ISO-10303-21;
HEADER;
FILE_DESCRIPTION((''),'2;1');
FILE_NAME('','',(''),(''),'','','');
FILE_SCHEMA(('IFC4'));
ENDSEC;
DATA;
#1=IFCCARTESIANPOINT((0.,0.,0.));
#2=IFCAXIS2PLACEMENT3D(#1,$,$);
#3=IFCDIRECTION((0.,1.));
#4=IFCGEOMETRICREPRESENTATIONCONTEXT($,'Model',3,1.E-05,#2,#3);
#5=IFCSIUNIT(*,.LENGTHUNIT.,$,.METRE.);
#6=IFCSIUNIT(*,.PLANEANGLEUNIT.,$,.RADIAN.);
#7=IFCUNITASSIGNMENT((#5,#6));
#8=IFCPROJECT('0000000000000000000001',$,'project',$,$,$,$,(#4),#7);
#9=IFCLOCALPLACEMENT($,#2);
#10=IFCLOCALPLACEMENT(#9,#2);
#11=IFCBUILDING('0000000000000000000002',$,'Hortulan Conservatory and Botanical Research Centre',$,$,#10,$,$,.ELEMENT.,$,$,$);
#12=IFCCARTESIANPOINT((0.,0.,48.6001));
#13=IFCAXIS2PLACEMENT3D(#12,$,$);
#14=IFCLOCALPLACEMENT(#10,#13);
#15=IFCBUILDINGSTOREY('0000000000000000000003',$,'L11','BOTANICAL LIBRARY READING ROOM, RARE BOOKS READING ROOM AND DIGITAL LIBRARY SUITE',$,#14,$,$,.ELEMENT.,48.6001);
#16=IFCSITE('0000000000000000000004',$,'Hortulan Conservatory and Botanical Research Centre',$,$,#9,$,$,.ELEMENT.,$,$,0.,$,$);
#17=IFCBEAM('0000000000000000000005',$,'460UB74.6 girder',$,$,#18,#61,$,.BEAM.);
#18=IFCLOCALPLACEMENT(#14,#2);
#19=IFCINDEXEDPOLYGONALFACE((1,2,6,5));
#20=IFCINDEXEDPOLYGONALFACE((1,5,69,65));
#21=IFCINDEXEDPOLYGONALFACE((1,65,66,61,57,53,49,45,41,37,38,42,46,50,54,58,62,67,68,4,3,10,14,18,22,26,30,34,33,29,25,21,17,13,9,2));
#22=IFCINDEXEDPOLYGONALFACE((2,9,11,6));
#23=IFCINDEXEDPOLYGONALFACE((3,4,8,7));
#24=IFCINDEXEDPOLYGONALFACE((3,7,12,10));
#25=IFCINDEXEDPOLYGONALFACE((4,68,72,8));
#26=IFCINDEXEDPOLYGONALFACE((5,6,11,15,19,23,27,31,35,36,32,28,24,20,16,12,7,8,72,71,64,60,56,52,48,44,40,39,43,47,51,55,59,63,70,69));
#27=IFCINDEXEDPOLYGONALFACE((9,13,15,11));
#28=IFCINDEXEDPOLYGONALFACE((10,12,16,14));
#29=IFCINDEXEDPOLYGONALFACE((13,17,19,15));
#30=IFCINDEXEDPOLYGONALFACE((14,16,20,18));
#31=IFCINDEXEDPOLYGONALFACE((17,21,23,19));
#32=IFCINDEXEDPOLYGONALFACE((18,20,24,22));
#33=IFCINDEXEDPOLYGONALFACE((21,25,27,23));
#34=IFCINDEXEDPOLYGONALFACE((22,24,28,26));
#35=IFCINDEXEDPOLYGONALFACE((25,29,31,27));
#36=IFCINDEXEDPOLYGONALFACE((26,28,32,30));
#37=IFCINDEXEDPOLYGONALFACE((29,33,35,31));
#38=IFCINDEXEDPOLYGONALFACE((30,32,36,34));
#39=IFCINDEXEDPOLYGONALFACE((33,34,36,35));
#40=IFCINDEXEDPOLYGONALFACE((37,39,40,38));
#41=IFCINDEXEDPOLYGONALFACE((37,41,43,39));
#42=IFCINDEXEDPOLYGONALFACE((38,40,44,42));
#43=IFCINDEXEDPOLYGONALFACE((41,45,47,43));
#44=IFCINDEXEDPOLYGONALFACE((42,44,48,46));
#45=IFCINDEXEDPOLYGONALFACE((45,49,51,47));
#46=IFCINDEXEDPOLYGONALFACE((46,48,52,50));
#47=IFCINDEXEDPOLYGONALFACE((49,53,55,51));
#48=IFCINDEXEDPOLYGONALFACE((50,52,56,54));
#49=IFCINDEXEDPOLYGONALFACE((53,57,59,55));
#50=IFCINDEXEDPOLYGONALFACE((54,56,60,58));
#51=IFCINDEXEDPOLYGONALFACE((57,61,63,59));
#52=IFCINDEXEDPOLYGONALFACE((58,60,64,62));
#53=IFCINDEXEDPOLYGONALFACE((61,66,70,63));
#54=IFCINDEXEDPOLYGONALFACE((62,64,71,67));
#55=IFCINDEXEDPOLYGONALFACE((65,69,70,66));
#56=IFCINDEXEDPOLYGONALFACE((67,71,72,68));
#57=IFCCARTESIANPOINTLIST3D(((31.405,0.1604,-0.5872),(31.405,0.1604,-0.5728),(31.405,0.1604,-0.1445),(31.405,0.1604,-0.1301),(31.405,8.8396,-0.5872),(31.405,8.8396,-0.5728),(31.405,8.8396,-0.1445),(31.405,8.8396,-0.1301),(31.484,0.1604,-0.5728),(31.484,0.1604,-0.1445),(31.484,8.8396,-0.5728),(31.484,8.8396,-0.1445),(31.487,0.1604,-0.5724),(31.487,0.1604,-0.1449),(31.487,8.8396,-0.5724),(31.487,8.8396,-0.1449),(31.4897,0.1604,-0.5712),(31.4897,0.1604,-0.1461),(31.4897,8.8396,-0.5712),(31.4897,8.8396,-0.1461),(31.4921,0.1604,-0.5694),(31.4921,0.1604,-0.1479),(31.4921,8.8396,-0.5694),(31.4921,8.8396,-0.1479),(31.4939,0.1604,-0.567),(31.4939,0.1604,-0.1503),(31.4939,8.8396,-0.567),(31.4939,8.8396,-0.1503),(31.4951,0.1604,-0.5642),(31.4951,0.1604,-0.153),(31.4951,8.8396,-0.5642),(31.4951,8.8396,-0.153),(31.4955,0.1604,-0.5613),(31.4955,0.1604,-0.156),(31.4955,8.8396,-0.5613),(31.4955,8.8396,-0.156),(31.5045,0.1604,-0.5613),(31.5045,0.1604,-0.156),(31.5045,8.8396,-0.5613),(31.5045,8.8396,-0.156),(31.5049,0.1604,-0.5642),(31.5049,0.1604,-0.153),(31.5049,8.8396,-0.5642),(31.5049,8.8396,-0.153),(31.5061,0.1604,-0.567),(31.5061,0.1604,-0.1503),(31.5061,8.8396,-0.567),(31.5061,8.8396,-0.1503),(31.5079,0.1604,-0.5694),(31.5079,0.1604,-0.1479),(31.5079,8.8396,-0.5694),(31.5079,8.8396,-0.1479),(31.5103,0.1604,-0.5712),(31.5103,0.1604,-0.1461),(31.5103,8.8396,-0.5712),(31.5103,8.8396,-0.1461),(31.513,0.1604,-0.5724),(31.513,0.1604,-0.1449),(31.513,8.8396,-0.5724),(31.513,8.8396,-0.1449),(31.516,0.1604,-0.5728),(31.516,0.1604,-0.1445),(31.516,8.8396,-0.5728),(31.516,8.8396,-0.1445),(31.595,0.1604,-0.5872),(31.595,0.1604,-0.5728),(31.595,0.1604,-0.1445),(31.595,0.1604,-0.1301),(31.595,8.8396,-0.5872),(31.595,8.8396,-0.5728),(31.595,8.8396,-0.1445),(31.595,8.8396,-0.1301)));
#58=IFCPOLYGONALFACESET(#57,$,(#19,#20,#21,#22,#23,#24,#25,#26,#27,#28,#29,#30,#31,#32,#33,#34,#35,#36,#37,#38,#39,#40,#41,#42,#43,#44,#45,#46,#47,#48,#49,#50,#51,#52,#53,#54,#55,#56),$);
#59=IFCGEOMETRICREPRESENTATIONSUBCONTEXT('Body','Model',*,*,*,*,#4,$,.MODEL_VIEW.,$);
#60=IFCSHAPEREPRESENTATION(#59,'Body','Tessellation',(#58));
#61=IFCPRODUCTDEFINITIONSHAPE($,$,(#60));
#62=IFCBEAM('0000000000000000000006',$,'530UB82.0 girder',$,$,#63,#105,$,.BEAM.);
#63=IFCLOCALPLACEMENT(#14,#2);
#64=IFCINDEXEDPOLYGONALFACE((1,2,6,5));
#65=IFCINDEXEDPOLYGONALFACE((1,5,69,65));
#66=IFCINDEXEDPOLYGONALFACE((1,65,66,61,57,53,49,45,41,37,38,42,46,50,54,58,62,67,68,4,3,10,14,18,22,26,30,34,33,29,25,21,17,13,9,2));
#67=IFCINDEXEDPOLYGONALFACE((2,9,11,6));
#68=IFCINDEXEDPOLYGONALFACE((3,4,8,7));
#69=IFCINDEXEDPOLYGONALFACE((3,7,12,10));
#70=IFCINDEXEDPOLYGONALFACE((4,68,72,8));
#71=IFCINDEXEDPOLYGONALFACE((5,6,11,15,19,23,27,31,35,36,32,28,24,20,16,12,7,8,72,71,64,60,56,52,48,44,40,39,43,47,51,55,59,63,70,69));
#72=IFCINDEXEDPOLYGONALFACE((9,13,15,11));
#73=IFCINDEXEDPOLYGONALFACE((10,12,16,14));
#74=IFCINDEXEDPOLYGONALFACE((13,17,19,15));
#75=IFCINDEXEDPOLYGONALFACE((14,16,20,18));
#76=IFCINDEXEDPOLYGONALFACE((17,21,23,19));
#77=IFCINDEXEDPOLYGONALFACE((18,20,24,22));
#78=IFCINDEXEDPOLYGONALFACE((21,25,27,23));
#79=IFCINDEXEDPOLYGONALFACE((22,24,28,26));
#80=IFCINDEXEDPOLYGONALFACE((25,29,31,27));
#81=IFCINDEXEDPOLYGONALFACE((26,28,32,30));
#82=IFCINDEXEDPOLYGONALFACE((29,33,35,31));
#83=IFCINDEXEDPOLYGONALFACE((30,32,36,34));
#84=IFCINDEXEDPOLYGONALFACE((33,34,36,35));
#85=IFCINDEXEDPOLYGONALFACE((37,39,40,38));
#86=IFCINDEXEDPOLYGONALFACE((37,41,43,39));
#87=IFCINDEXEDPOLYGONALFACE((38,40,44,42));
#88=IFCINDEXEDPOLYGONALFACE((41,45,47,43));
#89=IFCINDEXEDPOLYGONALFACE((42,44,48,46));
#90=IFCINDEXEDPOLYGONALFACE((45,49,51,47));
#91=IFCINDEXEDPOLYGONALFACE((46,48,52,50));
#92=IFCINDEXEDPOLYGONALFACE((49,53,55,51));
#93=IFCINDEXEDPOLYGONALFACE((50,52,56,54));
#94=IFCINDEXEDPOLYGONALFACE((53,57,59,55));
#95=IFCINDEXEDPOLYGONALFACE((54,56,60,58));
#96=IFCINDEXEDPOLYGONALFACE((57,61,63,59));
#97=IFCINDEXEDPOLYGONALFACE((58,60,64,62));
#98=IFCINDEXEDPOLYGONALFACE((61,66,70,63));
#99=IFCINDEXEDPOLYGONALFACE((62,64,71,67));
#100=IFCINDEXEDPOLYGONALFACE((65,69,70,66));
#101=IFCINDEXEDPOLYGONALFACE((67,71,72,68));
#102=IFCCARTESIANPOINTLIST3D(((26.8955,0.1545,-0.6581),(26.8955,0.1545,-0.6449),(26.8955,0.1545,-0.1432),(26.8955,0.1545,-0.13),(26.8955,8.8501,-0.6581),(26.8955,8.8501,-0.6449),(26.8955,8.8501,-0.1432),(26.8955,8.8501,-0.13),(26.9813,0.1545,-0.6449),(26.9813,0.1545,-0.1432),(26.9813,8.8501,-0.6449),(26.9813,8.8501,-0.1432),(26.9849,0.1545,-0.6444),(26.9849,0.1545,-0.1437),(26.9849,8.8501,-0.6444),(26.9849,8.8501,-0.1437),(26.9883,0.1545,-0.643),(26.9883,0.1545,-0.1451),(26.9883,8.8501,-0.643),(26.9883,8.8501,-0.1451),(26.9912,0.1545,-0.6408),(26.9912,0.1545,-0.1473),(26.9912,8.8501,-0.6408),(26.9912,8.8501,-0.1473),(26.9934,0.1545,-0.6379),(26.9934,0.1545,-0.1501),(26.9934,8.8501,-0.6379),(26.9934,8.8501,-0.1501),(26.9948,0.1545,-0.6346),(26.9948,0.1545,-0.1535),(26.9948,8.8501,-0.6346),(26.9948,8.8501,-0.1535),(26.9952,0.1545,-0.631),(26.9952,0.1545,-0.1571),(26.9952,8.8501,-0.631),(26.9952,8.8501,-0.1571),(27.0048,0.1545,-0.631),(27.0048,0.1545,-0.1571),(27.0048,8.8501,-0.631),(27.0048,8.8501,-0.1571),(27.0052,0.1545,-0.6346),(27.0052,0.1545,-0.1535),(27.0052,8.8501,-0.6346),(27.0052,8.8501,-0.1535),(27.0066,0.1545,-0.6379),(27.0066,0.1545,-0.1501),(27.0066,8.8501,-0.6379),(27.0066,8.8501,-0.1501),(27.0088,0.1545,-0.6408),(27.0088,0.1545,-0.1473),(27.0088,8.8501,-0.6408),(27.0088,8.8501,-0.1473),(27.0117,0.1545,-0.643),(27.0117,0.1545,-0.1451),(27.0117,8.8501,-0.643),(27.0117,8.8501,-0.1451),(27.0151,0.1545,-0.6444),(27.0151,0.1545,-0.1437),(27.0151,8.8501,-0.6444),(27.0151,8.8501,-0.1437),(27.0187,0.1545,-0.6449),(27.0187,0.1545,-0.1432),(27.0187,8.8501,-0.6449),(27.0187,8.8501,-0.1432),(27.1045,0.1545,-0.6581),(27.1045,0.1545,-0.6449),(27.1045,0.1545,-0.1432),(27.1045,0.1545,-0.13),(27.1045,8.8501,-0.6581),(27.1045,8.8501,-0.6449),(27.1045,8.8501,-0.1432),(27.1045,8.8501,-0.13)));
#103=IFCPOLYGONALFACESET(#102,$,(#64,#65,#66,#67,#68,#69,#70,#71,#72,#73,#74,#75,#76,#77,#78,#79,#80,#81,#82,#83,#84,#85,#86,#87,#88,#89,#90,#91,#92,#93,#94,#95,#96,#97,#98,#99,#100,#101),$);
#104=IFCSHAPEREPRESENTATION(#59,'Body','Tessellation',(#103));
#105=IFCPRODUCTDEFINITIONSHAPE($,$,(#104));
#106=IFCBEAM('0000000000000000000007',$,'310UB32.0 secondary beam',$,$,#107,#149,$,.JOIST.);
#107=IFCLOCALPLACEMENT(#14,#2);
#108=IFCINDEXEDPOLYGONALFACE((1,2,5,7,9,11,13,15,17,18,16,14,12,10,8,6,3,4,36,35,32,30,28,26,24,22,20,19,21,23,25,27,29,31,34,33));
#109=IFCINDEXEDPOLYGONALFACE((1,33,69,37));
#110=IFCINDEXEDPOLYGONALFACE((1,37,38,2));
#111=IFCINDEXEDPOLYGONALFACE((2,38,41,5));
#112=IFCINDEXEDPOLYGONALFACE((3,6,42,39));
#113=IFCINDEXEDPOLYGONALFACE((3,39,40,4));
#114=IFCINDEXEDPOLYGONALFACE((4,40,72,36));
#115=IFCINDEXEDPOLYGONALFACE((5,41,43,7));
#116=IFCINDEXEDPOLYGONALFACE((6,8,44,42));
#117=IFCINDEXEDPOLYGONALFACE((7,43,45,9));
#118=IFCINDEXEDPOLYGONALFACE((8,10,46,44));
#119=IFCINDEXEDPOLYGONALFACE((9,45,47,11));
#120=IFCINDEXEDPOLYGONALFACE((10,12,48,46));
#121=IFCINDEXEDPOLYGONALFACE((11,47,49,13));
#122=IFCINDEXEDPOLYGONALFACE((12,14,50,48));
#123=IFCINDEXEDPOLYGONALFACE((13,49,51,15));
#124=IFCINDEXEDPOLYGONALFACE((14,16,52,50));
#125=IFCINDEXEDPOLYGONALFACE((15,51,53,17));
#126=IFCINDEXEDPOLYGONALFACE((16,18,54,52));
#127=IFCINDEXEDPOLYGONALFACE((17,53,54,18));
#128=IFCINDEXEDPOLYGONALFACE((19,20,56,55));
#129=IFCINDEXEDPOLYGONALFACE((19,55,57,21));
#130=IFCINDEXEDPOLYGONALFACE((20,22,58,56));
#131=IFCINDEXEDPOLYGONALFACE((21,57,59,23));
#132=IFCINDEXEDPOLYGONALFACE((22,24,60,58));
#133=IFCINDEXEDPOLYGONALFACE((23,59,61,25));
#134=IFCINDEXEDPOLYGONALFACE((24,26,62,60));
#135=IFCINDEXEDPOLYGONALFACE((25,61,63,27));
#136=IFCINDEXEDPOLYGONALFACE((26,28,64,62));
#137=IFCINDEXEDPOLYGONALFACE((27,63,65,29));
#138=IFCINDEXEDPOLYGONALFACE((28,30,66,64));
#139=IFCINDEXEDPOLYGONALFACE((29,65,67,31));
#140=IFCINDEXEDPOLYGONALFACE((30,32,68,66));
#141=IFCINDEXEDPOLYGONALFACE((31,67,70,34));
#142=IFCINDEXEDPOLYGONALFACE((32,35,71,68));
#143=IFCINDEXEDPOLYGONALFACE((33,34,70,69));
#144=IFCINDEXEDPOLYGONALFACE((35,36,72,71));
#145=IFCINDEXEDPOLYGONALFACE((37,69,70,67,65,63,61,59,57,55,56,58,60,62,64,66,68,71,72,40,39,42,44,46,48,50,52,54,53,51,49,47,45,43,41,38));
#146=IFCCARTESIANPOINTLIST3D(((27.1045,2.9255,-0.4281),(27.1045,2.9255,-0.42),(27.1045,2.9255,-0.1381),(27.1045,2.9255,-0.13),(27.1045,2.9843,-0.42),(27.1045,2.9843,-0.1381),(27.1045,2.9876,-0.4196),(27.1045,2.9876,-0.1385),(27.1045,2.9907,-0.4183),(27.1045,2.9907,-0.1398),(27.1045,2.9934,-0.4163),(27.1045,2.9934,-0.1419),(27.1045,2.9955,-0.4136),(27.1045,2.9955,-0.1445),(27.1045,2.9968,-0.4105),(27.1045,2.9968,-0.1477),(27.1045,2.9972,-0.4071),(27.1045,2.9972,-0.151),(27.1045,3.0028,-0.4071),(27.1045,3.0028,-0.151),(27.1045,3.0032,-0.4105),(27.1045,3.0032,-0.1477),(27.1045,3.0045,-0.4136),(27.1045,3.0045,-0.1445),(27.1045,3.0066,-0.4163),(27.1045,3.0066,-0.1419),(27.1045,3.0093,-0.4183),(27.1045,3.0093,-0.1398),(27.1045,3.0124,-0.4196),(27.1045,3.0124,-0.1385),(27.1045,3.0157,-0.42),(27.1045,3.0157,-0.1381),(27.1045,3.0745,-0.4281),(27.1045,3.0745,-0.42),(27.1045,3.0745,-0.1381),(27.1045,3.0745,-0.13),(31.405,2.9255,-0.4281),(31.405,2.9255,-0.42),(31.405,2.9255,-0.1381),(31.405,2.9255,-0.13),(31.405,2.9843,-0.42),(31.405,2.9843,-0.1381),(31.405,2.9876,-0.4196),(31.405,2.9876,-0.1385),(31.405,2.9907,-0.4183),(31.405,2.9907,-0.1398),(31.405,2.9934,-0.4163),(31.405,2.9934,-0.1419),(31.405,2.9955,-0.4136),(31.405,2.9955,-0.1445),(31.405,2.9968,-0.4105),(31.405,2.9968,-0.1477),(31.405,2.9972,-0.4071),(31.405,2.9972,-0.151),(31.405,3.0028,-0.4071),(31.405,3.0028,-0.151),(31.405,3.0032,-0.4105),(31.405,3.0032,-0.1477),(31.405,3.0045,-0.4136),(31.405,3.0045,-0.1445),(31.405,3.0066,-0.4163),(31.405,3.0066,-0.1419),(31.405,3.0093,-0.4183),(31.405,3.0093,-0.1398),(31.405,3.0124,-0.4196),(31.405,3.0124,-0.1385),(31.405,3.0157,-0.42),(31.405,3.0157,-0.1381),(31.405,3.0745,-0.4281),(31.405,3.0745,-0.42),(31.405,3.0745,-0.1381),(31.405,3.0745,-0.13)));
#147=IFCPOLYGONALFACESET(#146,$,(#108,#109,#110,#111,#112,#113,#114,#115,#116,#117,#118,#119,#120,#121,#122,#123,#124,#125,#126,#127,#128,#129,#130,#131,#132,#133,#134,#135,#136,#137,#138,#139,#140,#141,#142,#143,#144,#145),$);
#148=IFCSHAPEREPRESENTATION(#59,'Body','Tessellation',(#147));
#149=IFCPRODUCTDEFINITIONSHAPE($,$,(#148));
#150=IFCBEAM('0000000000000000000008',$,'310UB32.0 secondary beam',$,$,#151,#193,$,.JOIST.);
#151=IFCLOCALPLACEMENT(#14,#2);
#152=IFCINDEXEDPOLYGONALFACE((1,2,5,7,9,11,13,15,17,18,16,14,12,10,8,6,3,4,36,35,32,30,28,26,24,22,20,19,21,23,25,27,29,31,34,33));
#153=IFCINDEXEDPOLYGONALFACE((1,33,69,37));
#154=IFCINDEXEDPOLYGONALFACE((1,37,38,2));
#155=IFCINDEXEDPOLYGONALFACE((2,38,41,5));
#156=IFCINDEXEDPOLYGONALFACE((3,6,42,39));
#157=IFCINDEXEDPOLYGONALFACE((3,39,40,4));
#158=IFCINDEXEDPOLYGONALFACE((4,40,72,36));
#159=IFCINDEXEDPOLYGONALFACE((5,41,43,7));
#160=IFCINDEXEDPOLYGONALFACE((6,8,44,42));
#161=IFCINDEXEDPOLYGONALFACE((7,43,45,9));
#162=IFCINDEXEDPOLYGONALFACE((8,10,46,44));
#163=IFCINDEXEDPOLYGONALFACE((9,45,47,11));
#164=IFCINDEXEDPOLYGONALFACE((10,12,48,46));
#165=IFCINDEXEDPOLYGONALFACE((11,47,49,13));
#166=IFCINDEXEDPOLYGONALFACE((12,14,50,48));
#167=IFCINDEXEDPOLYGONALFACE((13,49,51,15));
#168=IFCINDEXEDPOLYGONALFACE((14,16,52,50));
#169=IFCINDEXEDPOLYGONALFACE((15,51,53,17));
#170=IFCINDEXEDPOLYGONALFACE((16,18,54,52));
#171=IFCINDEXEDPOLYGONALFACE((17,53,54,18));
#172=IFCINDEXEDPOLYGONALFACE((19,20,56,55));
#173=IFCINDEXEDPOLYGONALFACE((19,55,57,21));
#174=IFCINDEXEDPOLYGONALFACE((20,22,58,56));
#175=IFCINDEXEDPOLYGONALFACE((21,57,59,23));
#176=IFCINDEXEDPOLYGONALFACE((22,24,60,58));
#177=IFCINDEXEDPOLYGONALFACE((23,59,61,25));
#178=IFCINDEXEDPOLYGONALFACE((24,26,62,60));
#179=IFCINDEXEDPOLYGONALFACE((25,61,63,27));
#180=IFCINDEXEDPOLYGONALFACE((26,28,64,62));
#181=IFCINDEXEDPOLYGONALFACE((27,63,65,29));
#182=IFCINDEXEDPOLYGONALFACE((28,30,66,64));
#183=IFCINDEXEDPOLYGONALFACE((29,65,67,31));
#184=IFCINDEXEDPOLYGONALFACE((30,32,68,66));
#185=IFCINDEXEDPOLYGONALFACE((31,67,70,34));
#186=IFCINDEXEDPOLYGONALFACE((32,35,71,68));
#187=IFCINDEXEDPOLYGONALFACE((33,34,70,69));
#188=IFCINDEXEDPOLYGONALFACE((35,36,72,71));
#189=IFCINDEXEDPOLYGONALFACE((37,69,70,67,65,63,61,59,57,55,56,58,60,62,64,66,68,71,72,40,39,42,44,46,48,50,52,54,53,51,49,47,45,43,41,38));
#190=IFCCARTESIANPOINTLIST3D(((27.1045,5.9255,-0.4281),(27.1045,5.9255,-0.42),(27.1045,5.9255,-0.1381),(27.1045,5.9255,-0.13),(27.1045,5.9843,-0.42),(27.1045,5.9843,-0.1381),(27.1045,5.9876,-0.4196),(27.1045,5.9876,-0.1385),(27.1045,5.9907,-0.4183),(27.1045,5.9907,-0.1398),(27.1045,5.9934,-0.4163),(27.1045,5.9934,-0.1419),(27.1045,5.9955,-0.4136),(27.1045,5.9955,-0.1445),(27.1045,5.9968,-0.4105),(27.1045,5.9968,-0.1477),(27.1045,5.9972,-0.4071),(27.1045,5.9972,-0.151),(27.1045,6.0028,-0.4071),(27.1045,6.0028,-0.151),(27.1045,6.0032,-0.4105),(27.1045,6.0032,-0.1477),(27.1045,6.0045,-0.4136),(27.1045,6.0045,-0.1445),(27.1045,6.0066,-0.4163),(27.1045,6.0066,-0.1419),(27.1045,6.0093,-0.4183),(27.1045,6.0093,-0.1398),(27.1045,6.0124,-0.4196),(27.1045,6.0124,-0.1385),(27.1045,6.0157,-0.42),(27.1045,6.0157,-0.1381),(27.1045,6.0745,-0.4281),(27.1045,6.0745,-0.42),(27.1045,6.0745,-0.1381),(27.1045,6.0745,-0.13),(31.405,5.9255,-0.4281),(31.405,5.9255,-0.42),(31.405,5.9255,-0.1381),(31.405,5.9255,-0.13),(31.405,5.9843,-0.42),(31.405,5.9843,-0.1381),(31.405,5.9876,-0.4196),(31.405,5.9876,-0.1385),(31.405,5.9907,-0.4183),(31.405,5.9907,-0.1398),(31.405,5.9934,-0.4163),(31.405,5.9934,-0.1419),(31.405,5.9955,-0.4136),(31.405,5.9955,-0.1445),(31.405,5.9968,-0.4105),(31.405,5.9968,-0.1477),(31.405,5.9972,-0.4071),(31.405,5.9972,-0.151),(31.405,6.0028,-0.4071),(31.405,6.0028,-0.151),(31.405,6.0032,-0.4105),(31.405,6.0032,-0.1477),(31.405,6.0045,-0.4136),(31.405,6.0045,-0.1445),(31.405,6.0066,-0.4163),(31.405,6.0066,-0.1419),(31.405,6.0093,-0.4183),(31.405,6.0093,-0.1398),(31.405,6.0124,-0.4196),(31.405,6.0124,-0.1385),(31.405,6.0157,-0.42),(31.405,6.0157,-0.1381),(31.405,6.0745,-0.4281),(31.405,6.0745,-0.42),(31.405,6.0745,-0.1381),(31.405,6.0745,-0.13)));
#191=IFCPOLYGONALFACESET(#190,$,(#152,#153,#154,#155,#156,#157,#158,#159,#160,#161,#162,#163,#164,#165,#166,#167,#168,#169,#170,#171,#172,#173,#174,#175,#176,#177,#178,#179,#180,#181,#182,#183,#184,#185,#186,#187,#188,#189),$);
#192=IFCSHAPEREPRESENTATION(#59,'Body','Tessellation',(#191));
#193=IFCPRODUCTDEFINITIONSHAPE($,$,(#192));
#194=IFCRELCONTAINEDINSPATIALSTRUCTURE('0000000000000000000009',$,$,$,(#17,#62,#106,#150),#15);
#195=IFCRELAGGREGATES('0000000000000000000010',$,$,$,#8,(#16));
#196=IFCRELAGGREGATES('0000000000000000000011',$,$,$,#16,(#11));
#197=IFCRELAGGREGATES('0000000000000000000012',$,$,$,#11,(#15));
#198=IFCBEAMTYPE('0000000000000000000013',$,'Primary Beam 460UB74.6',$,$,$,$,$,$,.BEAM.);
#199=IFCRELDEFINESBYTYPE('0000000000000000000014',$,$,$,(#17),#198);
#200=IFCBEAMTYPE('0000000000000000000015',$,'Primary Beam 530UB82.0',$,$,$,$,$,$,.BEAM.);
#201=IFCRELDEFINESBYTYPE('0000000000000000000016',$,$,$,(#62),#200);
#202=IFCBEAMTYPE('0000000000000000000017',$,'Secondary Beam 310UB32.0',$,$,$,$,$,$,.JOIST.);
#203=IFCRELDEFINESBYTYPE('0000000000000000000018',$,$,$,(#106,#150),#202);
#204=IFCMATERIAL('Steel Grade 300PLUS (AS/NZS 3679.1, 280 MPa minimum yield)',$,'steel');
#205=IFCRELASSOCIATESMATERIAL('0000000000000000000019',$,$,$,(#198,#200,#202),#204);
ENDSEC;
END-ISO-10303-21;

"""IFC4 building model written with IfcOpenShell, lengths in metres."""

from ifc_helpers import new_model, si_unit, direction, frame, origin, origin_2d, place, context, subcontext, project, spatial, i_section, extrude, material, material_profile, profile_set, type_object, element, save


model = new_model("IFC4")

# Units and contexts
model_context = context("Model", 3, precision=1e-05, world=origin(), true_north=direction((0.0, 1.0)))
body_context = subcontext(model_context, "Body", "Model", "MODEL_VIEW")
ifc_project = project(units=[si_unit("LENGTHUNIT", "METRE"), si_unit("PLANEANGLEUNIT", "RADIAN")], contexts=[model_context])

# Site, building, storey
site_placement = place(None, origin())
site = spatial("IfcSite", under=ifc_project, at=site_placement, Name="Hortulan Conservatory and Botanical Research Centre", CompositionType="ELEMENT", RefElevation=0.0)
building_placement = place(site_placement, origin())
building = spatial("IfcBuilding", under=site, at=building_placement, Name="Hortulan Conservatory and Botanical Research Centre", CompositionType="ELEMENT")
storey_placement = place(building_placement, frame((0.0, 0.0, 48.6001)))
storey = spatial("IfcBuildingStorey", under=building, at=storey_placement, Name="L11", Description="BOTANICAL LIBRARY READING ROOM, RARE BOOKS READING ROOM AND DIGITAL LIBRARY SUITE", CompositionType="ELEMENT", Elevation=48.6001)

# Shared definitions
ifc_material_1 = material(Name="Steel Grade 300PLUS (AS/NZS 3679.1, 280 MPa minimum yield)", Category="steel")

# Beams
ifc_material_profile_1 = material_profile(ifc_material_1, i_section(OverallWidth=0.1899, OverallDepth=0.457, WebThickness=0.009, FlangeThickness=0.0144, FilletRadius=0.0115, at=origin_2d()), Name="460UB74.6")
ifc_profile_set_1 = profile_set([ifc_material_profile_1], Name="Steel Grade 300PLUS (AS/NZS 3679.1, 280 MPa minimum yield)")
beam_type_1 = type_object("IfcBeamType", Name="Primary Beam 460UB74.6", PredefinedType="BEAM", material=ifc_profile_set_1)
beam_1_placement = place(storey_placement, frame((31.5, 0.1604, -0.3586), z_axis=(0.0, 1.0, 0.0), x_axis=(-1.0, 0.0, 0.0)))
element("IfcBeam", 1, at=beam_1_placement, inside=storey, type_object=beam_type_1, Name="460UB74.6 girder", PredefinedType="BEAM", context=body_context, shape_type="SweptSolid", body=[
    extrude(i_section(OverallWidth=0.1899, OverallDepth=0.457, WebThickness=0.009, FlangeThickness=0.0144, FilletRadius=0.0115, at=origin_2d()), origin(), (0.0, 0.0, 1.0), 8.6792),
])
ifc_material_profile_2 = material_profile(ifc_material_1, i_section(OverallWidth=0.209, OverallDepth=0.5281, WebThickness=0.0095, FlangeThickness=0.0132, FilletRadius=0.0139, at=origin_2d()), Name="530UB82.0")
ifc_profile_set_2 = profile_set([ifc_material_profile_2], Name="Steel Grade 300PLUS (AS/NZS 3679.1, 280 MPa minimum yield)")
beam_type_2 = type_object("IfcBeamType", Name="Primary Beam 530UB82.0", PredefinedType="BEAM", material=ifc_profile_set_2)
beam_2_placement = place(storey_placement, frame((27.0, 0.1545, -0.394), z_axis=(0.0, 1.0, 0.0), x_axis=(-1.0, 0.0, 0.0)))
element("IfcBeam", 2, at=beam_2_placement, inside=storey, type_object=beam_type_2, Name="530UB82.0 girder", PredefinedType="BEAM", context=body_context, shape_type="SweptSolid", body=[
    extrude(i_section(OverallWidth=0.209, OverallDepth=0.5281, WebThickness=0.0095, FlangeThickness=0.0132, FilletRadius=0.0139, at=origin_2d()), origin(), (0.0, 0.0, 1.0), 8.6956),
])
ifc_material_profile_3 = material_profile(ifc_material_1, i_section(OverallWidth=0.1489, OverallDepth=0.2981, WebThickness=0.0056, FlangeThickness=0.0081, FilletRadius=0.0129, at=origin_2d()), Name="310UB32.0")
ifc_profile_set_3 = profile_set([ifc_material_profile_3], Name="Steel Grade 300PLUS (AS/NZS 3679.1, 280 MPa minimum yield)")
beam_type_3 = type_object("IfcBeamType", Name="Secondary Beam 310UB32.0", PredefinedType="JOIST", material=ifc_profile_set_3)
for number, where, z_axis, x_axis, name in (
    (3, (27.1045, 3.0, -0.2791), (1.0, 0.0, 0.0), (0.0, 1.0, 0.0), "310UB32.0 secondary beam"),
    (4, (27.1045, 6.0, -0.2791), (1.0, 0.0, 0.0), (0.0, 1.0, 0.0), "310UB32.0 secondary beam"),
):
    element("IfcBeam", number, at=place(storey_placement, frame(where, z_axis=z_axis, x_axis=x_axis)), inside=storey, type_object=beam_type_3, Name=name, PredefinedType="JOIST", context=body_context, shape_type="SweptSolid", body=[
        extrude(i_section(OverallWidth=0.1489, OverallDepth=0.2981, WebThickness=0.0056, FlangeThickness=0.0081, FilletRadius=0.0129, at=origin_2d()), origin(), (0.0, 0.0, 1.0), 4.3005),
    ])

save(model, "model.ifc")
